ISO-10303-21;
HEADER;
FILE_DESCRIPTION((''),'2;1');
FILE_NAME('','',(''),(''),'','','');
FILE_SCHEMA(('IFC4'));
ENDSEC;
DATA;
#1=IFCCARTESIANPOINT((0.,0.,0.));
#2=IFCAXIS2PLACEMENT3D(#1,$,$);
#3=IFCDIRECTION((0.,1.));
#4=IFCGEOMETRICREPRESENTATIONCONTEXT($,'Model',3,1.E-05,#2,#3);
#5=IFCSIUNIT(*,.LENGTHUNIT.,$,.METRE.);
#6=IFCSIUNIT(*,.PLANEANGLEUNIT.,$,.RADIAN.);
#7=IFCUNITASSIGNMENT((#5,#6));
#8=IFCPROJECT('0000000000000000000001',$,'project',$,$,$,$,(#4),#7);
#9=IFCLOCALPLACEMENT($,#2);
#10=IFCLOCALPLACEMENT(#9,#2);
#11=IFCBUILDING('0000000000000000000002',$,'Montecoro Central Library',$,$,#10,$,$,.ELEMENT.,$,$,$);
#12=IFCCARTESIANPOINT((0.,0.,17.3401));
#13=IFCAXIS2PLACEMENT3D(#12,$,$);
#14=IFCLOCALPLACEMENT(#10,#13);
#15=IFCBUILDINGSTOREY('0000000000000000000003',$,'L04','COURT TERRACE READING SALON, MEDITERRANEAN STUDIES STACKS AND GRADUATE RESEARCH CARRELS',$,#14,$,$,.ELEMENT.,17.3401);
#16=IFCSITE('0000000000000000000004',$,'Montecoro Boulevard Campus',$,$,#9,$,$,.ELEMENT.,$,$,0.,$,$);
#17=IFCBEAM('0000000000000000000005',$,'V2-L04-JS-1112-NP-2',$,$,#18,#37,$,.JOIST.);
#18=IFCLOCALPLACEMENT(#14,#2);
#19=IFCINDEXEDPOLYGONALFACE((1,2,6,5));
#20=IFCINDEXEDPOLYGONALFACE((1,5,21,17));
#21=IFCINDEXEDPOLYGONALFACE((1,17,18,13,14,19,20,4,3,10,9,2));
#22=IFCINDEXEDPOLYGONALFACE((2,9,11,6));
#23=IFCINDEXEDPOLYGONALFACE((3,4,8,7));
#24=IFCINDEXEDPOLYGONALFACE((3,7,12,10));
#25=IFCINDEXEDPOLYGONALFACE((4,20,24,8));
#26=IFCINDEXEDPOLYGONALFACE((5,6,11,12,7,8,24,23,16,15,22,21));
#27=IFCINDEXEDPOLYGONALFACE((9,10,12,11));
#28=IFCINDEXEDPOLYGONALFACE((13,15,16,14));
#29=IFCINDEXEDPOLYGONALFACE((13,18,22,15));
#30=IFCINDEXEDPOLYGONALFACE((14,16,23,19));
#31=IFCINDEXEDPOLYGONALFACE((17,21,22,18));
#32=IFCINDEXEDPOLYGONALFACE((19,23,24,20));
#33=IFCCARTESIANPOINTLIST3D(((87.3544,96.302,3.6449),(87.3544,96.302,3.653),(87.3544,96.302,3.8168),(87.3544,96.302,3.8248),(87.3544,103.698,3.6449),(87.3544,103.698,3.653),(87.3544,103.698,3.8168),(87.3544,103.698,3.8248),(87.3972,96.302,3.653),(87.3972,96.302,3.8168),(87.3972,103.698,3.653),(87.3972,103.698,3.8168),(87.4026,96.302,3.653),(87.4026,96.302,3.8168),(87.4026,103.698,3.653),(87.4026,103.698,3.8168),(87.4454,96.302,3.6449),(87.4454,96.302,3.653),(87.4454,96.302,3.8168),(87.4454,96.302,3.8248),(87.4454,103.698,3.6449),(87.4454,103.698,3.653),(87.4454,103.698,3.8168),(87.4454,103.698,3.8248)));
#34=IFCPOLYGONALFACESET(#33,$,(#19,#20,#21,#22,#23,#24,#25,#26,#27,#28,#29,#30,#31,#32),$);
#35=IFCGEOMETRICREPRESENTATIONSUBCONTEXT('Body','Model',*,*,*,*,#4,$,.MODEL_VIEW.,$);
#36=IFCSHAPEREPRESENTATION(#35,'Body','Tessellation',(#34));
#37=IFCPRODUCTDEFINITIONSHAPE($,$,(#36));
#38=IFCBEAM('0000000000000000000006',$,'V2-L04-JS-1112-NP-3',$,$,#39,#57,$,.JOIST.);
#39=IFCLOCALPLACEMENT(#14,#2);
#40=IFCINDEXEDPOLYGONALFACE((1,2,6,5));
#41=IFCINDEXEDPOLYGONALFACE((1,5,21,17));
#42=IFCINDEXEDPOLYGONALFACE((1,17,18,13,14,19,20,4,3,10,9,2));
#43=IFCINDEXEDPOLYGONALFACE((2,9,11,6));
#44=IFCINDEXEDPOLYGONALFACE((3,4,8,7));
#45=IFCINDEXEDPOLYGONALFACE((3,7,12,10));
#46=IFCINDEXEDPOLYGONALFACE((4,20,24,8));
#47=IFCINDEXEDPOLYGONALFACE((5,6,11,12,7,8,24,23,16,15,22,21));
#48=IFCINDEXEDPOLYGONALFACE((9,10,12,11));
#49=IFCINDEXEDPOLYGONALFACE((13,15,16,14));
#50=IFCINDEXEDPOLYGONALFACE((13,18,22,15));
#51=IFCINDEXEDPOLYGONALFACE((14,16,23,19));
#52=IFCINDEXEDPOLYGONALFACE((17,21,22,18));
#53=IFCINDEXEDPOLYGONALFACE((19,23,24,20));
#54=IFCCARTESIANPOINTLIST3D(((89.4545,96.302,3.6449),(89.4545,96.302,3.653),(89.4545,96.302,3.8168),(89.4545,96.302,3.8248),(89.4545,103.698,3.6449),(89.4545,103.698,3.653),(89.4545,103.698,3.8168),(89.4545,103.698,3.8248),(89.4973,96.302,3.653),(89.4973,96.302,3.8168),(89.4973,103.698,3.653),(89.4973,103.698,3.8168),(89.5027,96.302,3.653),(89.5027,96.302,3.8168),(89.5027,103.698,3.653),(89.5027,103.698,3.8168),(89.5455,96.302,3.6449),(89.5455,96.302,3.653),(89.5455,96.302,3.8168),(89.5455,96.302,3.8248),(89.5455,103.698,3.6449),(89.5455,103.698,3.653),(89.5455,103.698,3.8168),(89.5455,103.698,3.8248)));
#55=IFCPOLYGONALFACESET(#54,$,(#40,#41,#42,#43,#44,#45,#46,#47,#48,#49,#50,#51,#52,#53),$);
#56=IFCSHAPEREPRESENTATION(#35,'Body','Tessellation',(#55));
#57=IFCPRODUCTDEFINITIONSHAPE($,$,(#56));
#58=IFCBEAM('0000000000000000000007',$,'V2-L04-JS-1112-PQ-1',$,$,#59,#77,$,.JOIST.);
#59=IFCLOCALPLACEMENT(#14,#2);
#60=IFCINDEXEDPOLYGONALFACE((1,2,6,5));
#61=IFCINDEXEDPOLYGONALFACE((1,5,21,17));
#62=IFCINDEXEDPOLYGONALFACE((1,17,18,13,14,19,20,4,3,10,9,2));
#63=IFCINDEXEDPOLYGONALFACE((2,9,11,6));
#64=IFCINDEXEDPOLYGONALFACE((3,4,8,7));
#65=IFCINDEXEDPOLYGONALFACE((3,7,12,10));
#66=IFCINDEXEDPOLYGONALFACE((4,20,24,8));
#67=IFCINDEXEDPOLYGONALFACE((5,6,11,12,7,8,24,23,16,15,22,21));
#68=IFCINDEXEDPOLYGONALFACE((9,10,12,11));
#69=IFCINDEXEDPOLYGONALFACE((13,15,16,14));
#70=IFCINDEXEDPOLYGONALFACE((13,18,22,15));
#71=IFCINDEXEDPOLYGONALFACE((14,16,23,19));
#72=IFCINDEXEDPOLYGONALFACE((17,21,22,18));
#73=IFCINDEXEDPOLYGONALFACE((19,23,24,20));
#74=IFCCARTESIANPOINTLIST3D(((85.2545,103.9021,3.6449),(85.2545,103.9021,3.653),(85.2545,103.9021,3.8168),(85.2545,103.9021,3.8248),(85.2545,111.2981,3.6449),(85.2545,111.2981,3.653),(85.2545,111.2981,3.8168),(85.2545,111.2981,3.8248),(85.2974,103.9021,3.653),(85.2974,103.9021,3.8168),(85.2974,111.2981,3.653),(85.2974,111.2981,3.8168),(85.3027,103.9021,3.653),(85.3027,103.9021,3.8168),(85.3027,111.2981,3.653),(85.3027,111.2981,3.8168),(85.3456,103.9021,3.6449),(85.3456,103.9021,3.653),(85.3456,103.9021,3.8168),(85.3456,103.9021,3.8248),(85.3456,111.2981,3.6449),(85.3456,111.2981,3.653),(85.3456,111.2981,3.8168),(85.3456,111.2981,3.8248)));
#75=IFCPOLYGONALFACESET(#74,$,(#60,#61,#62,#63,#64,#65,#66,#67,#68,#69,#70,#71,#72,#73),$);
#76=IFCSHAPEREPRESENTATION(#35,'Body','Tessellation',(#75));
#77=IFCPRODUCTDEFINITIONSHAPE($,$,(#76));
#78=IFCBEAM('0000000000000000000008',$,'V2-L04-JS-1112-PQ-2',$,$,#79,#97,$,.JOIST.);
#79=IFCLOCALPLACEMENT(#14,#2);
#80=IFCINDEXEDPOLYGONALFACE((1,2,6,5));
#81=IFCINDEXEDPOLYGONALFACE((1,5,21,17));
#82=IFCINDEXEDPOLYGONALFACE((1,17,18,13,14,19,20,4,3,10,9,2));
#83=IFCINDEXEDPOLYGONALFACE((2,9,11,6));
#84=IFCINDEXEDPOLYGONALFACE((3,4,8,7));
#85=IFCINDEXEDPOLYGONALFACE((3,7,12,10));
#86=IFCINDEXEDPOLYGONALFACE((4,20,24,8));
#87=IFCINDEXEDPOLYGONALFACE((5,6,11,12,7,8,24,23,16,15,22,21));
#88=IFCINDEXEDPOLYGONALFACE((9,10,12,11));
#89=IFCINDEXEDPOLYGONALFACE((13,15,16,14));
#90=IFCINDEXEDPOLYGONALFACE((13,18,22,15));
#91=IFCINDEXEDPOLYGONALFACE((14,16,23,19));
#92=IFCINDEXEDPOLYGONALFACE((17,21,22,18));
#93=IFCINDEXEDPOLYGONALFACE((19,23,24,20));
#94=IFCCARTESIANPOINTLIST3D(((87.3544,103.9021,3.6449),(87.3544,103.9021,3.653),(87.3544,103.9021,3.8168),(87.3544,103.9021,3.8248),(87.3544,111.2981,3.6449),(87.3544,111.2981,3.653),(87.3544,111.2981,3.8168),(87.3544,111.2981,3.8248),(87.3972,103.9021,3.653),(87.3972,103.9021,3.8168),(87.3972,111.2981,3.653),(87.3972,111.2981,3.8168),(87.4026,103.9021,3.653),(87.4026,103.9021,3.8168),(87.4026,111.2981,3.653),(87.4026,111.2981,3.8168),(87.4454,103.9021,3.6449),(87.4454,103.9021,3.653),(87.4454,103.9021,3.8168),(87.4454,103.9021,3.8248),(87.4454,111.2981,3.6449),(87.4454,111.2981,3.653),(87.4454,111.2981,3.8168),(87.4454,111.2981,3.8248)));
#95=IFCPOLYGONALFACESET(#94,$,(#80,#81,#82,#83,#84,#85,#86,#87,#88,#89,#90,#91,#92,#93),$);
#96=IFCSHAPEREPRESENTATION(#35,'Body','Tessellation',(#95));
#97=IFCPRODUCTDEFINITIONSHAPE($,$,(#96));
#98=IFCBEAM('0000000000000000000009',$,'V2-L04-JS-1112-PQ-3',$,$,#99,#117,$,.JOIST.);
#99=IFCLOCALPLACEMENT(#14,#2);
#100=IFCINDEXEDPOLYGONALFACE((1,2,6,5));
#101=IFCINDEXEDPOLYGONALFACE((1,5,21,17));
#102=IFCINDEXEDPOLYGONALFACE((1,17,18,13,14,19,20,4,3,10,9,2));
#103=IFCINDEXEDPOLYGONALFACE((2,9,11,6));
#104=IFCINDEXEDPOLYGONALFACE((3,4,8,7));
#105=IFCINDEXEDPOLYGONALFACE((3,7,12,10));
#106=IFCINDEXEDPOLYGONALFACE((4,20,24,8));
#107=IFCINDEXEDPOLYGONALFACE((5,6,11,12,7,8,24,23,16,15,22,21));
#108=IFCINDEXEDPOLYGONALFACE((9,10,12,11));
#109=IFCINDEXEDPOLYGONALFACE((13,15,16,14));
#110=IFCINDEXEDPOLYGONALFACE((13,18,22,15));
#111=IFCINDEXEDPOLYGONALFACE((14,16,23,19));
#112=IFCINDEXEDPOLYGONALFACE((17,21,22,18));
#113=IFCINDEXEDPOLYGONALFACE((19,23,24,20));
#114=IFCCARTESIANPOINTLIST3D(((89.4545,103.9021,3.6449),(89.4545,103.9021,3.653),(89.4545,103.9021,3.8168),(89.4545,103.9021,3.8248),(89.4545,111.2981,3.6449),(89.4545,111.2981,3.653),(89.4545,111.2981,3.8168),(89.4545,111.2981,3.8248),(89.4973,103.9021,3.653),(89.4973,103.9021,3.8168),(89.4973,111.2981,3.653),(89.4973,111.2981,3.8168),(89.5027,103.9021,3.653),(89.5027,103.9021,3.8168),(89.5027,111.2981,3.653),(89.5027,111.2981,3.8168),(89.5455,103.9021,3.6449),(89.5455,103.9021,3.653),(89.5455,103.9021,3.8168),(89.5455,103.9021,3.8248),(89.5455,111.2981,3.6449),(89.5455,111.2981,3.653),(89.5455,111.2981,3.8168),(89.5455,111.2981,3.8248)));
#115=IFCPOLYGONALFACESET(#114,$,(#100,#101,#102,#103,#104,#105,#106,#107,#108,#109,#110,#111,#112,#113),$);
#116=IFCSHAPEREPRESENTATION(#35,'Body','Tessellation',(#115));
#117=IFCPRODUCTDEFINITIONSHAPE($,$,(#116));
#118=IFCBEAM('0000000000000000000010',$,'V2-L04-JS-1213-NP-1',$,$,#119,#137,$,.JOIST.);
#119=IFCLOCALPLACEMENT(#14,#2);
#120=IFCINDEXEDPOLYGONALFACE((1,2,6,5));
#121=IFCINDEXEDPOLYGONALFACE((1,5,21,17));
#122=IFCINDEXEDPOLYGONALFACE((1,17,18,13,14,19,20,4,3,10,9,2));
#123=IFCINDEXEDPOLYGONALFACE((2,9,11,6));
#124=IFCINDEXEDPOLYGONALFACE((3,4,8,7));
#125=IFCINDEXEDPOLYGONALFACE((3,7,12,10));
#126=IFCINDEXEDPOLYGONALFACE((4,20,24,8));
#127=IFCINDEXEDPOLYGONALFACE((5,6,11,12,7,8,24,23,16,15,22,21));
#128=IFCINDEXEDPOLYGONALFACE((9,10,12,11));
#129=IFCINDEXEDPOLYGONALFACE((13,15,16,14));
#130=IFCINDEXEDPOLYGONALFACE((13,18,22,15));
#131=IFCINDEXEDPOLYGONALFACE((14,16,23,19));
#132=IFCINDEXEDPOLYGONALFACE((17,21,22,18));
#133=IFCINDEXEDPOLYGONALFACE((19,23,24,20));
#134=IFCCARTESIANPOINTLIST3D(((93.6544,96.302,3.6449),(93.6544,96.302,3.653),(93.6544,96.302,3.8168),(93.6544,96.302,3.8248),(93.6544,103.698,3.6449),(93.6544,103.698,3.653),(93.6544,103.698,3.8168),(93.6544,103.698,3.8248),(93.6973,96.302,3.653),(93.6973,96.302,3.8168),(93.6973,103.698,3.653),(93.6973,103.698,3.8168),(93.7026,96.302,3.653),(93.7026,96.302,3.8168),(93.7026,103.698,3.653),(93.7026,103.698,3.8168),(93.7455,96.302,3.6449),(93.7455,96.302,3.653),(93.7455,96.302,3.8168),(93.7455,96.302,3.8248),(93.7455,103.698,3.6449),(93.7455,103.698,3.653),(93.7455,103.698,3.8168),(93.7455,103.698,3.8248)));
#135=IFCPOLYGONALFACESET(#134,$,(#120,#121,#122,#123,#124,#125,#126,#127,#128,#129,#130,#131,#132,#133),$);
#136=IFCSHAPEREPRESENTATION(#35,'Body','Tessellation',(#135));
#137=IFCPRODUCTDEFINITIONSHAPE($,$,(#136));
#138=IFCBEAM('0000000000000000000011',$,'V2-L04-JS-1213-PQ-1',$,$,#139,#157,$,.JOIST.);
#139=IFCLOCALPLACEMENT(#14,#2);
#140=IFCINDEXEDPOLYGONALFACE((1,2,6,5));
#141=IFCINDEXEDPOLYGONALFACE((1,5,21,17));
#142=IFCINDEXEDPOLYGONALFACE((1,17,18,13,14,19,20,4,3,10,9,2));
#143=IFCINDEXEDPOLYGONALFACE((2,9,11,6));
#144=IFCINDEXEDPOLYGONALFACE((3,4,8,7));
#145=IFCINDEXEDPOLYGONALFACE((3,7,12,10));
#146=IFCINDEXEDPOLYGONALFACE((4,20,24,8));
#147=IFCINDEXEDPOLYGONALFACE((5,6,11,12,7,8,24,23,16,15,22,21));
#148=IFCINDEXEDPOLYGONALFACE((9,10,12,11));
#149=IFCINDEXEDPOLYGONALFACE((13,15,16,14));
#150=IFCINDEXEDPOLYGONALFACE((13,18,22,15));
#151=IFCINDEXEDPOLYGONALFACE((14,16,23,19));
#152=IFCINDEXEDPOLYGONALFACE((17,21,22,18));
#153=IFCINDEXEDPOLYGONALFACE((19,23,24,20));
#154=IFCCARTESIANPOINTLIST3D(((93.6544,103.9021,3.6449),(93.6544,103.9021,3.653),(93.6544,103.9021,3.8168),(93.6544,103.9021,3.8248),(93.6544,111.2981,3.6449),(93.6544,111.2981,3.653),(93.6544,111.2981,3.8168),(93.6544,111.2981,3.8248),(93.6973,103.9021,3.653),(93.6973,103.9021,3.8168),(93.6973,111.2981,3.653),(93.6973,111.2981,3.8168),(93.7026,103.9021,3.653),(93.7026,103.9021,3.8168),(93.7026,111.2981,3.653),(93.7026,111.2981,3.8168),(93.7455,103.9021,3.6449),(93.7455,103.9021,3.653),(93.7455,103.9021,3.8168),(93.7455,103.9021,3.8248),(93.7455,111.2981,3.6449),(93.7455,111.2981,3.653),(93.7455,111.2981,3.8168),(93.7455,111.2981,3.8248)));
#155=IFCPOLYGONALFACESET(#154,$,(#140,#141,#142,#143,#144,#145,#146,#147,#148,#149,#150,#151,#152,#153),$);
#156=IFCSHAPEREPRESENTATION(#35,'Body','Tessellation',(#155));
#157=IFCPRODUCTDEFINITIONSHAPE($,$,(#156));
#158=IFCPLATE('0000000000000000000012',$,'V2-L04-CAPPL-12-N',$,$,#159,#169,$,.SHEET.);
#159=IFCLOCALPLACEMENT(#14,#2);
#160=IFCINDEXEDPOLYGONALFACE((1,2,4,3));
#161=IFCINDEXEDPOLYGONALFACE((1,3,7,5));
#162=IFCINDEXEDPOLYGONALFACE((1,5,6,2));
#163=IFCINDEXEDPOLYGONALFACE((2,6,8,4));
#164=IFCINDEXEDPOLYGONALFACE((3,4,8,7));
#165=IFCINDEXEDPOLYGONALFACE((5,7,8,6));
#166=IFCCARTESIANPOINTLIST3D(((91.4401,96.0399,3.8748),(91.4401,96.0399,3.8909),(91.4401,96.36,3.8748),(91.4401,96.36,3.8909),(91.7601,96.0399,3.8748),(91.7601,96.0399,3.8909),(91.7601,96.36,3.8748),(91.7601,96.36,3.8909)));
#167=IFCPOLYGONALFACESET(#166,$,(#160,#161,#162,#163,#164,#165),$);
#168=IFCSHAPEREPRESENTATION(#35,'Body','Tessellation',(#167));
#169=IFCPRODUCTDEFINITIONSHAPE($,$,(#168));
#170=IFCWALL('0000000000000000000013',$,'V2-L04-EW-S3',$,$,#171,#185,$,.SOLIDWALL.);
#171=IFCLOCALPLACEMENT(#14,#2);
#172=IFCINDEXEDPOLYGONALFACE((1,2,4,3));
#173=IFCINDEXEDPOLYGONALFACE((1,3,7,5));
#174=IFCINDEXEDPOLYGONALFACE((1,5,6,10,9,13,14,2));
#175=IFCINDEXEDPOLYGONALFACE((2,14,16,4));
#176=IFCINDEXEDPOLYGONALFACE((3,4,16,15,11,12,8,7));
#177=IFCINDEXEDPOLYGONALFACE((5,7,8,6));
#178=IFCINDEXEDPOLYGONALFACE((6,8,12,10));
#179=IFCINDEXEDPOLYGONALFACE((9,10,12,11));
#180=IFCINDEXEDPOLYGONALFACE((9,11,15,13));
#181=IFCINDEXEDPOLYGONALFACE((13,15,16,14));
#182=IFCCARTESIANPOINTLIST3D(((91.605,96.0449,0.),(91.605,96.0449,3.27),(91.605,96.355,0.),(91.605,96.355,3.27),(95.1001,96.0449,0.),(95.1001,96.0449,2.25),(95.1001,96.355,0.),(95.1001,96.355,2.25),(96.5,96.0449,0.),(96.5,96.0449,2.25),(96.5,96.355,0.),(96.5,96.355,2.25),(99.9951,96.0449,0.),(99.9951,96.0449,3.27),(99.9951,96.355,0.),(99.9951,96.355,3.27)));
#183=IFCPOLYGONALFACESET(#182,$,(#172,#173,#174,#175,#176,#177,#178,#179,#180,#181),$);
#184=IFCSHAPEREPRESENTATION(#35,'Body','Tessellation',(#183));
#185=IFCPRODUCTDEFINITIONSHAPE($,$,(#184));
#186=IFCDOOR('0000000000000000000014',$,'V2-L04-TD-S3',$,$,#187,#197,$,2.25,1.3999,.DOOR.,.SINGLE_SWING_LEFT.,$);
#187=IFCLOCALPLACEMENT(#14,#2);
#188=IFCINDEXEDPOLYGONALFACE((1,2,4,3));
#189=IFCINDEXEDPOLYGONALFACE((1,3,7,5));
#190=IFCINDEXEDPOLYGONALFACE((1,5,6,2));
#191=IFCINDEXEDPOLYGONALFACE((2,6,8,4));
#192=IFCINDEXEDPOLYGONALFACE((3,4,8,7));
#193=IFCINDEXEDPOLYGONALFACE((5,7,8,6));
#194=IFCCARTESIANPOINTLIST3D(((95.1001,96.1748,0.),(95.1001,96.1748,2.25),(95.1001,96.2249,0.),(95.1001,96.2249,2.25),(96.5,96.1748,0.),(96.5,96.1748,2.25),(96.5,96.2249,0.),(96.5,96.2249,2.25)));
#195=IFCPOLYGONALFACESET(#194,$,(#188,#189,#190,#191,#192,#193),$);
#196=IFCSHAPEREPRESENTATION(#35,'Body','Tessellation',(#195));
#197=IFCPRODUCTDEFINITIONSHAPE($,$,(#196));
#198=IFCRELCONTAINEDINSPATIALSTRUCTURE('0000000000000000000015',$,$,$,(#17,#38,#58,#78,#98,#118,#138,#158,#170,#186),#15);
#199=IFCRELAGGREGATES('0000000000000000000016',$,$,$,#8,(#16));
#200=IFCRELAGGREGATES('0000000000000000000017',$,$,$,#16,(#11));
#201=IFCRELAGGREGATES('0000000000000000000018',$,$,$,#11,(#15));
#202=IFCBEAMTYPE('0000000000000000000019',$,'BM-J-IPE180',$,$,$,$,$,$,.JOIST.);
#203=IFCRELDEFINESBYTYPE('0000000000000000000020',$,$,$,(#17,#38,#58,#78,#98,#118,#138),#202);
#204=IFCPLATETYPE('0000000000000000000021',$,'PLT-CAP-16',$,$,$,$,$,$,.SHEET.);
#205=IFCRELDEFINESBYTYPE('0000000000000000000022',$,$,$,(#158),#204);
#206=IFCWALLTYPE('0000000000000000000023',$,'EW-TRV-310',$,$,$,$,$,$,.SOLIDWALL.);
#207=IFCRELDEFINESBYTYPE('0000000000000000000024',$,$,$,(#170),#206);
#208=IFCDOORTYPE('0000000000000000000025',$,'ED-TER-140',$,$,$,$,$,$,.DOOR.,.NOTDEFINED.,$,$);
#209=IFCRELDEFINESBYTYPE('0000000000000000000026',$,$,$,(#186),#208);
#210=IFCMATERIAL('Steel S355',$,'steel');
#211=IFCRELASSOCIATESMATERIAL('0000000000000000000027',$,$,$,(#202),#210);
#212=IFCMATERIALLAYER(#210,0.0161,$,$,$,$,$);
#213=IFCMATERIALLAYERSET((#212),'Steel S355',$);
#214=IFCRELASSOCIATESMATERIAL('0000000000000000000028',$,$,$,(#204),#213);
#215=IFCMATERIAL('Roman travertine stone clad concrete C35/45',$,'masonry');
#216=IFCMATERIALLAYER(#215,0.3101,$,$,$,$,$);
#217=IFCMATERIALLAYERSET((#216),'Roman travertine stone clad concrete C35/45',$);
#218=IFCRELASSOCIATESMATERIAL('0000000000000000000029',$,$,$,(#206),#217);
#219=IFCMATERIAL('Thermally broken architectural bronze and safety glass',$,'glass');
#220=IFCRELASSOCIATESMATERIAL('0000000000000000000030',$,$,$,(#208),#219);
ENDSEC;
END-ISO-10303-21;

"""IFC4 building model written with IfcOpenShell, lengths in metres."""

from ifc_helpers import new_model, si_unit, direction, frame, frame_2d, origin, origin_2d, place, context, subcontext, project, spatial, rectangle, i_section, extrude, material, layer, layer_set, material_profile, profile_set, type_object, element, fill, save


model = new_model("IFC4")

# Units and contexts
model_context = context("Model", 3, precision=1e-05, world=origin(), true_north=direction((0.0, 1.0)))
body_context = subcontext(model_context, "Body", "Model", "MODEL_VIEW")
ifc_project = project(units=[si_unit("LENGTHUNIT", "METRE"), si_unit("PLANEANGLEUNIT", "RADIAN")], contexts=[model_context])

# Site, building, storey
site_placement = place(None, origin())
site = spatial("IfcSite", under=ifc_project, at=site_placement, Name="Montecoro Boulevard Campus", CompositionType="ELEMENT", RefElevation=0.0)
building_placement = place(site_placement, origin())
building = spatial("IfcBuilding", under=site, at=building_placement, Name="Montecoro Central Library", CompositionType="ELEMENT")
storey_placement = place(building_placement, frame((0.0, 0.0, 17.3401)))
storey = spatial("IfcBuildingStorey", under=building, at=storey_placement, Name="L04", Description="COURT TERRACE READING SALON, MEDITERRANEAN STUDIES STACKS AND GRADUATE RESEARCH CARRELS", CompositionType="ELEMENT", Elevation=17.3401)

# Shared definitions
ifc_material_1 = material(Name="Steel S355", Category="steel")

# Beams
ifc_material_profile_1 = material_profile(ifc_material_1, i_section(OverallWidth=0.0911, OverallDepth=0.1799, WebThickness=0.0054, FlangeThickness=0.0081, at=origin_2d()), Name="IPE 180")
ifc_profile_set_1 = profile_set([ifc_material_profile_1], Name="Steel S355")
beam_type_1 = type_object("IfcBeamType", Name="BM-J-IPE180", PredefinedType="JOIST", material=ifc_profile_set_1)
for number, where, z_axis, x_axis, name in (
    (1, (87.3999, 96.302, 3.7349), (0.0, 1.0, 0.0), (-1.0, 0.0, 0.0), "V2-L04-JS-1112-NP-2"),
    (2, (89.5, 96.302, 3.7349), (0.0, 1.0, 0.0), (-1.0, 0.0, 0.0), "V2-L04-JS-1112-NP-3"),
    (3, (85.3, 103.9021, 3.7349), (0.0, 1.0, 0.0), (-1.0, 0.0, 0.0), "V2-L04-JS-1112-PQ-1"),
    (4, (87.3999, 103.9021, 3.7349), (0.0, 1.0, 0.0), (-1.0, 0.0, 0.0), "V2-L04-JS-1112-PQ-2"),
    (5, (89.5, 103.9021, 3.7349), (0.0, 1.0, 0.0), (-1.0, 0.0, 0.0), "V2-L04-JS-1112-PQ-3"),
    (6, (93.7, 96.302, 3.7349), (0.0, 1.0, 0.0), (-1.0, 0.0, 0.0), "V2-L04-JS-1213-NP-1"),
    (7, (93.7, 103.9021, 3.7349), (0.0, 1.0, 0.0), (-1.0, 0.0, 0.0), "V2-L04-JS-1213-PQ-1"),
):
    element("IfcBeam", number, at=place(storey_placement, frame(where, z_axis=z_axis, x_axis=x_axis)), inside=storey, type_object=beam_type_1, Name=name, PredefinedType="JOIST", context=body_context, shape_type="SweptSolid", body=[
        extrude(i_section(OverallWidth=0.0911, OverallDepth=0.1799, WebThickness=0.0054, FlangeThickness=0.0081, at=origin_2d()), origin(), (0.0, 0.0, 1.0), 7.396),
    ])

# Plate
ifc_layer_1 = layer(ifc_material_1, 0.0161)
ifc_layer_set_1 = layer_set([ifc_layer_1], Name="Steel S355")
plate_type = type_object("IfcPlateType", Name="PLT-CAP-16", PredefinedType="SHEET", material=ifc_layer_set_1)
plate_placement = place(storey_placement, frame((91.6001, 96.2, 3.8748), z_axis=(0.0, 0.0, 1.0), x_axis=(1.0, 0.0, 0.0)))
element("IfcPlate", 8, at=plate_placement, inside=storey, type_object=plate_type, Name="V2-L04-CAPPL-12-N", PredefinedType="SHEET", context=body_context, shape_type="SweptSolid", body=[
    extrude(rectangle(XDim=0.3201, YDim=0.3201, at=origin_2d()), origin(), (0.0, 0.0, 1.0), 0.0161),
])

# Wall, opening, door
ifc_material_2 = material(Name="Roman travertine stone clad concrete C35/45", Category="masonry")
ifc_layer_2 = layer(ifc_material_2, 0.3101)
ifc_layer_set_2 = layer_set([ifc_layer_2], Name="Roman travertine stone clad concrete C35/45")
wall_type_1 = type_object("IfcWallType", Name="EW-TRV-310", PredefinedType="SOLIDWALL", material=ifc_layer_set_2)
wall_1_placement = place(storey_placement, frame((91.605, 96.2, 0.0), z_axis=(0.0, 0.0, 1.0), x_axis=(1.0, 0.0, 0.0)))
wall_1 = element("IfcWall", 9, at=wall_1_placement, inside=storey, type_object=wall_type_1, Name="V2-L04-EW-S3", PredefinedType="SOLIDWALL", context=body_context, shape_type="SweptSolid", body=[
    extrude(rectangle(XDim=8.3901, YDim=0.3101, at=frame_2d((4.1951, 0.0))), origin(), (0.0, 0.0, 1.0), 3.27),
])
opening_1_placement = place(wall_1_placement, frame((3.4951, 0.0, 0.0)))
opening_1 = element("IfcOpeningElement", 10, at=opening_1_placement, cuts=wall_1, PredefinedType="OPENING", context=body_context, shape_type="SweptSolid", body=[
    extrude(rectangle(XDim=1.3999, YDim=2.25, at=frame_2d((0.7, 1.125))), frame((0.0, 0.165, 0.0), z_axis=(0.0, -1.0, 0.0), x_axis=(1.0, 0.0, 0.0)), (0.0, 0.0, 1.0), 0.3301),
])
ifc_material_3 = material(Name="Thermally broken architectural bronze and safety glass", Category="glass")
door_type_1 = type_object("IfcDoorType", Name="ED-TER-140", OperationType="NOTDEFINED", PredefinedType="DOOR", material=ifc_material_3)
door_1_placement = place(opening_1_placement, origin())
door_1 = element("IfcDoor", 11, at=door_1_placement, inside=storey, type_object=door_type_1, Name="V2-L04-TD-S3", OperationType="SINGLE_SWING_LEFT", OverallHeight=2.25, OverallWidth=1.3999, PredefinedType="DOOR", context=body_context, shape_type="SweptSolid", body=[
    extrude(rectangle(XDim=1.3999, YDim=2.25, at=frame_2d((0.7, 1.125))), frame((0.0, 0.0249, 0.0), z_axis=(0.0, -1.0, 0.0), x_axis=(1.0, 0.0, 0.0)), (0.0, 0.0, 1.0), 0.05),
])
fill(opening_1, door_1)

save(model, "model.ifc")
